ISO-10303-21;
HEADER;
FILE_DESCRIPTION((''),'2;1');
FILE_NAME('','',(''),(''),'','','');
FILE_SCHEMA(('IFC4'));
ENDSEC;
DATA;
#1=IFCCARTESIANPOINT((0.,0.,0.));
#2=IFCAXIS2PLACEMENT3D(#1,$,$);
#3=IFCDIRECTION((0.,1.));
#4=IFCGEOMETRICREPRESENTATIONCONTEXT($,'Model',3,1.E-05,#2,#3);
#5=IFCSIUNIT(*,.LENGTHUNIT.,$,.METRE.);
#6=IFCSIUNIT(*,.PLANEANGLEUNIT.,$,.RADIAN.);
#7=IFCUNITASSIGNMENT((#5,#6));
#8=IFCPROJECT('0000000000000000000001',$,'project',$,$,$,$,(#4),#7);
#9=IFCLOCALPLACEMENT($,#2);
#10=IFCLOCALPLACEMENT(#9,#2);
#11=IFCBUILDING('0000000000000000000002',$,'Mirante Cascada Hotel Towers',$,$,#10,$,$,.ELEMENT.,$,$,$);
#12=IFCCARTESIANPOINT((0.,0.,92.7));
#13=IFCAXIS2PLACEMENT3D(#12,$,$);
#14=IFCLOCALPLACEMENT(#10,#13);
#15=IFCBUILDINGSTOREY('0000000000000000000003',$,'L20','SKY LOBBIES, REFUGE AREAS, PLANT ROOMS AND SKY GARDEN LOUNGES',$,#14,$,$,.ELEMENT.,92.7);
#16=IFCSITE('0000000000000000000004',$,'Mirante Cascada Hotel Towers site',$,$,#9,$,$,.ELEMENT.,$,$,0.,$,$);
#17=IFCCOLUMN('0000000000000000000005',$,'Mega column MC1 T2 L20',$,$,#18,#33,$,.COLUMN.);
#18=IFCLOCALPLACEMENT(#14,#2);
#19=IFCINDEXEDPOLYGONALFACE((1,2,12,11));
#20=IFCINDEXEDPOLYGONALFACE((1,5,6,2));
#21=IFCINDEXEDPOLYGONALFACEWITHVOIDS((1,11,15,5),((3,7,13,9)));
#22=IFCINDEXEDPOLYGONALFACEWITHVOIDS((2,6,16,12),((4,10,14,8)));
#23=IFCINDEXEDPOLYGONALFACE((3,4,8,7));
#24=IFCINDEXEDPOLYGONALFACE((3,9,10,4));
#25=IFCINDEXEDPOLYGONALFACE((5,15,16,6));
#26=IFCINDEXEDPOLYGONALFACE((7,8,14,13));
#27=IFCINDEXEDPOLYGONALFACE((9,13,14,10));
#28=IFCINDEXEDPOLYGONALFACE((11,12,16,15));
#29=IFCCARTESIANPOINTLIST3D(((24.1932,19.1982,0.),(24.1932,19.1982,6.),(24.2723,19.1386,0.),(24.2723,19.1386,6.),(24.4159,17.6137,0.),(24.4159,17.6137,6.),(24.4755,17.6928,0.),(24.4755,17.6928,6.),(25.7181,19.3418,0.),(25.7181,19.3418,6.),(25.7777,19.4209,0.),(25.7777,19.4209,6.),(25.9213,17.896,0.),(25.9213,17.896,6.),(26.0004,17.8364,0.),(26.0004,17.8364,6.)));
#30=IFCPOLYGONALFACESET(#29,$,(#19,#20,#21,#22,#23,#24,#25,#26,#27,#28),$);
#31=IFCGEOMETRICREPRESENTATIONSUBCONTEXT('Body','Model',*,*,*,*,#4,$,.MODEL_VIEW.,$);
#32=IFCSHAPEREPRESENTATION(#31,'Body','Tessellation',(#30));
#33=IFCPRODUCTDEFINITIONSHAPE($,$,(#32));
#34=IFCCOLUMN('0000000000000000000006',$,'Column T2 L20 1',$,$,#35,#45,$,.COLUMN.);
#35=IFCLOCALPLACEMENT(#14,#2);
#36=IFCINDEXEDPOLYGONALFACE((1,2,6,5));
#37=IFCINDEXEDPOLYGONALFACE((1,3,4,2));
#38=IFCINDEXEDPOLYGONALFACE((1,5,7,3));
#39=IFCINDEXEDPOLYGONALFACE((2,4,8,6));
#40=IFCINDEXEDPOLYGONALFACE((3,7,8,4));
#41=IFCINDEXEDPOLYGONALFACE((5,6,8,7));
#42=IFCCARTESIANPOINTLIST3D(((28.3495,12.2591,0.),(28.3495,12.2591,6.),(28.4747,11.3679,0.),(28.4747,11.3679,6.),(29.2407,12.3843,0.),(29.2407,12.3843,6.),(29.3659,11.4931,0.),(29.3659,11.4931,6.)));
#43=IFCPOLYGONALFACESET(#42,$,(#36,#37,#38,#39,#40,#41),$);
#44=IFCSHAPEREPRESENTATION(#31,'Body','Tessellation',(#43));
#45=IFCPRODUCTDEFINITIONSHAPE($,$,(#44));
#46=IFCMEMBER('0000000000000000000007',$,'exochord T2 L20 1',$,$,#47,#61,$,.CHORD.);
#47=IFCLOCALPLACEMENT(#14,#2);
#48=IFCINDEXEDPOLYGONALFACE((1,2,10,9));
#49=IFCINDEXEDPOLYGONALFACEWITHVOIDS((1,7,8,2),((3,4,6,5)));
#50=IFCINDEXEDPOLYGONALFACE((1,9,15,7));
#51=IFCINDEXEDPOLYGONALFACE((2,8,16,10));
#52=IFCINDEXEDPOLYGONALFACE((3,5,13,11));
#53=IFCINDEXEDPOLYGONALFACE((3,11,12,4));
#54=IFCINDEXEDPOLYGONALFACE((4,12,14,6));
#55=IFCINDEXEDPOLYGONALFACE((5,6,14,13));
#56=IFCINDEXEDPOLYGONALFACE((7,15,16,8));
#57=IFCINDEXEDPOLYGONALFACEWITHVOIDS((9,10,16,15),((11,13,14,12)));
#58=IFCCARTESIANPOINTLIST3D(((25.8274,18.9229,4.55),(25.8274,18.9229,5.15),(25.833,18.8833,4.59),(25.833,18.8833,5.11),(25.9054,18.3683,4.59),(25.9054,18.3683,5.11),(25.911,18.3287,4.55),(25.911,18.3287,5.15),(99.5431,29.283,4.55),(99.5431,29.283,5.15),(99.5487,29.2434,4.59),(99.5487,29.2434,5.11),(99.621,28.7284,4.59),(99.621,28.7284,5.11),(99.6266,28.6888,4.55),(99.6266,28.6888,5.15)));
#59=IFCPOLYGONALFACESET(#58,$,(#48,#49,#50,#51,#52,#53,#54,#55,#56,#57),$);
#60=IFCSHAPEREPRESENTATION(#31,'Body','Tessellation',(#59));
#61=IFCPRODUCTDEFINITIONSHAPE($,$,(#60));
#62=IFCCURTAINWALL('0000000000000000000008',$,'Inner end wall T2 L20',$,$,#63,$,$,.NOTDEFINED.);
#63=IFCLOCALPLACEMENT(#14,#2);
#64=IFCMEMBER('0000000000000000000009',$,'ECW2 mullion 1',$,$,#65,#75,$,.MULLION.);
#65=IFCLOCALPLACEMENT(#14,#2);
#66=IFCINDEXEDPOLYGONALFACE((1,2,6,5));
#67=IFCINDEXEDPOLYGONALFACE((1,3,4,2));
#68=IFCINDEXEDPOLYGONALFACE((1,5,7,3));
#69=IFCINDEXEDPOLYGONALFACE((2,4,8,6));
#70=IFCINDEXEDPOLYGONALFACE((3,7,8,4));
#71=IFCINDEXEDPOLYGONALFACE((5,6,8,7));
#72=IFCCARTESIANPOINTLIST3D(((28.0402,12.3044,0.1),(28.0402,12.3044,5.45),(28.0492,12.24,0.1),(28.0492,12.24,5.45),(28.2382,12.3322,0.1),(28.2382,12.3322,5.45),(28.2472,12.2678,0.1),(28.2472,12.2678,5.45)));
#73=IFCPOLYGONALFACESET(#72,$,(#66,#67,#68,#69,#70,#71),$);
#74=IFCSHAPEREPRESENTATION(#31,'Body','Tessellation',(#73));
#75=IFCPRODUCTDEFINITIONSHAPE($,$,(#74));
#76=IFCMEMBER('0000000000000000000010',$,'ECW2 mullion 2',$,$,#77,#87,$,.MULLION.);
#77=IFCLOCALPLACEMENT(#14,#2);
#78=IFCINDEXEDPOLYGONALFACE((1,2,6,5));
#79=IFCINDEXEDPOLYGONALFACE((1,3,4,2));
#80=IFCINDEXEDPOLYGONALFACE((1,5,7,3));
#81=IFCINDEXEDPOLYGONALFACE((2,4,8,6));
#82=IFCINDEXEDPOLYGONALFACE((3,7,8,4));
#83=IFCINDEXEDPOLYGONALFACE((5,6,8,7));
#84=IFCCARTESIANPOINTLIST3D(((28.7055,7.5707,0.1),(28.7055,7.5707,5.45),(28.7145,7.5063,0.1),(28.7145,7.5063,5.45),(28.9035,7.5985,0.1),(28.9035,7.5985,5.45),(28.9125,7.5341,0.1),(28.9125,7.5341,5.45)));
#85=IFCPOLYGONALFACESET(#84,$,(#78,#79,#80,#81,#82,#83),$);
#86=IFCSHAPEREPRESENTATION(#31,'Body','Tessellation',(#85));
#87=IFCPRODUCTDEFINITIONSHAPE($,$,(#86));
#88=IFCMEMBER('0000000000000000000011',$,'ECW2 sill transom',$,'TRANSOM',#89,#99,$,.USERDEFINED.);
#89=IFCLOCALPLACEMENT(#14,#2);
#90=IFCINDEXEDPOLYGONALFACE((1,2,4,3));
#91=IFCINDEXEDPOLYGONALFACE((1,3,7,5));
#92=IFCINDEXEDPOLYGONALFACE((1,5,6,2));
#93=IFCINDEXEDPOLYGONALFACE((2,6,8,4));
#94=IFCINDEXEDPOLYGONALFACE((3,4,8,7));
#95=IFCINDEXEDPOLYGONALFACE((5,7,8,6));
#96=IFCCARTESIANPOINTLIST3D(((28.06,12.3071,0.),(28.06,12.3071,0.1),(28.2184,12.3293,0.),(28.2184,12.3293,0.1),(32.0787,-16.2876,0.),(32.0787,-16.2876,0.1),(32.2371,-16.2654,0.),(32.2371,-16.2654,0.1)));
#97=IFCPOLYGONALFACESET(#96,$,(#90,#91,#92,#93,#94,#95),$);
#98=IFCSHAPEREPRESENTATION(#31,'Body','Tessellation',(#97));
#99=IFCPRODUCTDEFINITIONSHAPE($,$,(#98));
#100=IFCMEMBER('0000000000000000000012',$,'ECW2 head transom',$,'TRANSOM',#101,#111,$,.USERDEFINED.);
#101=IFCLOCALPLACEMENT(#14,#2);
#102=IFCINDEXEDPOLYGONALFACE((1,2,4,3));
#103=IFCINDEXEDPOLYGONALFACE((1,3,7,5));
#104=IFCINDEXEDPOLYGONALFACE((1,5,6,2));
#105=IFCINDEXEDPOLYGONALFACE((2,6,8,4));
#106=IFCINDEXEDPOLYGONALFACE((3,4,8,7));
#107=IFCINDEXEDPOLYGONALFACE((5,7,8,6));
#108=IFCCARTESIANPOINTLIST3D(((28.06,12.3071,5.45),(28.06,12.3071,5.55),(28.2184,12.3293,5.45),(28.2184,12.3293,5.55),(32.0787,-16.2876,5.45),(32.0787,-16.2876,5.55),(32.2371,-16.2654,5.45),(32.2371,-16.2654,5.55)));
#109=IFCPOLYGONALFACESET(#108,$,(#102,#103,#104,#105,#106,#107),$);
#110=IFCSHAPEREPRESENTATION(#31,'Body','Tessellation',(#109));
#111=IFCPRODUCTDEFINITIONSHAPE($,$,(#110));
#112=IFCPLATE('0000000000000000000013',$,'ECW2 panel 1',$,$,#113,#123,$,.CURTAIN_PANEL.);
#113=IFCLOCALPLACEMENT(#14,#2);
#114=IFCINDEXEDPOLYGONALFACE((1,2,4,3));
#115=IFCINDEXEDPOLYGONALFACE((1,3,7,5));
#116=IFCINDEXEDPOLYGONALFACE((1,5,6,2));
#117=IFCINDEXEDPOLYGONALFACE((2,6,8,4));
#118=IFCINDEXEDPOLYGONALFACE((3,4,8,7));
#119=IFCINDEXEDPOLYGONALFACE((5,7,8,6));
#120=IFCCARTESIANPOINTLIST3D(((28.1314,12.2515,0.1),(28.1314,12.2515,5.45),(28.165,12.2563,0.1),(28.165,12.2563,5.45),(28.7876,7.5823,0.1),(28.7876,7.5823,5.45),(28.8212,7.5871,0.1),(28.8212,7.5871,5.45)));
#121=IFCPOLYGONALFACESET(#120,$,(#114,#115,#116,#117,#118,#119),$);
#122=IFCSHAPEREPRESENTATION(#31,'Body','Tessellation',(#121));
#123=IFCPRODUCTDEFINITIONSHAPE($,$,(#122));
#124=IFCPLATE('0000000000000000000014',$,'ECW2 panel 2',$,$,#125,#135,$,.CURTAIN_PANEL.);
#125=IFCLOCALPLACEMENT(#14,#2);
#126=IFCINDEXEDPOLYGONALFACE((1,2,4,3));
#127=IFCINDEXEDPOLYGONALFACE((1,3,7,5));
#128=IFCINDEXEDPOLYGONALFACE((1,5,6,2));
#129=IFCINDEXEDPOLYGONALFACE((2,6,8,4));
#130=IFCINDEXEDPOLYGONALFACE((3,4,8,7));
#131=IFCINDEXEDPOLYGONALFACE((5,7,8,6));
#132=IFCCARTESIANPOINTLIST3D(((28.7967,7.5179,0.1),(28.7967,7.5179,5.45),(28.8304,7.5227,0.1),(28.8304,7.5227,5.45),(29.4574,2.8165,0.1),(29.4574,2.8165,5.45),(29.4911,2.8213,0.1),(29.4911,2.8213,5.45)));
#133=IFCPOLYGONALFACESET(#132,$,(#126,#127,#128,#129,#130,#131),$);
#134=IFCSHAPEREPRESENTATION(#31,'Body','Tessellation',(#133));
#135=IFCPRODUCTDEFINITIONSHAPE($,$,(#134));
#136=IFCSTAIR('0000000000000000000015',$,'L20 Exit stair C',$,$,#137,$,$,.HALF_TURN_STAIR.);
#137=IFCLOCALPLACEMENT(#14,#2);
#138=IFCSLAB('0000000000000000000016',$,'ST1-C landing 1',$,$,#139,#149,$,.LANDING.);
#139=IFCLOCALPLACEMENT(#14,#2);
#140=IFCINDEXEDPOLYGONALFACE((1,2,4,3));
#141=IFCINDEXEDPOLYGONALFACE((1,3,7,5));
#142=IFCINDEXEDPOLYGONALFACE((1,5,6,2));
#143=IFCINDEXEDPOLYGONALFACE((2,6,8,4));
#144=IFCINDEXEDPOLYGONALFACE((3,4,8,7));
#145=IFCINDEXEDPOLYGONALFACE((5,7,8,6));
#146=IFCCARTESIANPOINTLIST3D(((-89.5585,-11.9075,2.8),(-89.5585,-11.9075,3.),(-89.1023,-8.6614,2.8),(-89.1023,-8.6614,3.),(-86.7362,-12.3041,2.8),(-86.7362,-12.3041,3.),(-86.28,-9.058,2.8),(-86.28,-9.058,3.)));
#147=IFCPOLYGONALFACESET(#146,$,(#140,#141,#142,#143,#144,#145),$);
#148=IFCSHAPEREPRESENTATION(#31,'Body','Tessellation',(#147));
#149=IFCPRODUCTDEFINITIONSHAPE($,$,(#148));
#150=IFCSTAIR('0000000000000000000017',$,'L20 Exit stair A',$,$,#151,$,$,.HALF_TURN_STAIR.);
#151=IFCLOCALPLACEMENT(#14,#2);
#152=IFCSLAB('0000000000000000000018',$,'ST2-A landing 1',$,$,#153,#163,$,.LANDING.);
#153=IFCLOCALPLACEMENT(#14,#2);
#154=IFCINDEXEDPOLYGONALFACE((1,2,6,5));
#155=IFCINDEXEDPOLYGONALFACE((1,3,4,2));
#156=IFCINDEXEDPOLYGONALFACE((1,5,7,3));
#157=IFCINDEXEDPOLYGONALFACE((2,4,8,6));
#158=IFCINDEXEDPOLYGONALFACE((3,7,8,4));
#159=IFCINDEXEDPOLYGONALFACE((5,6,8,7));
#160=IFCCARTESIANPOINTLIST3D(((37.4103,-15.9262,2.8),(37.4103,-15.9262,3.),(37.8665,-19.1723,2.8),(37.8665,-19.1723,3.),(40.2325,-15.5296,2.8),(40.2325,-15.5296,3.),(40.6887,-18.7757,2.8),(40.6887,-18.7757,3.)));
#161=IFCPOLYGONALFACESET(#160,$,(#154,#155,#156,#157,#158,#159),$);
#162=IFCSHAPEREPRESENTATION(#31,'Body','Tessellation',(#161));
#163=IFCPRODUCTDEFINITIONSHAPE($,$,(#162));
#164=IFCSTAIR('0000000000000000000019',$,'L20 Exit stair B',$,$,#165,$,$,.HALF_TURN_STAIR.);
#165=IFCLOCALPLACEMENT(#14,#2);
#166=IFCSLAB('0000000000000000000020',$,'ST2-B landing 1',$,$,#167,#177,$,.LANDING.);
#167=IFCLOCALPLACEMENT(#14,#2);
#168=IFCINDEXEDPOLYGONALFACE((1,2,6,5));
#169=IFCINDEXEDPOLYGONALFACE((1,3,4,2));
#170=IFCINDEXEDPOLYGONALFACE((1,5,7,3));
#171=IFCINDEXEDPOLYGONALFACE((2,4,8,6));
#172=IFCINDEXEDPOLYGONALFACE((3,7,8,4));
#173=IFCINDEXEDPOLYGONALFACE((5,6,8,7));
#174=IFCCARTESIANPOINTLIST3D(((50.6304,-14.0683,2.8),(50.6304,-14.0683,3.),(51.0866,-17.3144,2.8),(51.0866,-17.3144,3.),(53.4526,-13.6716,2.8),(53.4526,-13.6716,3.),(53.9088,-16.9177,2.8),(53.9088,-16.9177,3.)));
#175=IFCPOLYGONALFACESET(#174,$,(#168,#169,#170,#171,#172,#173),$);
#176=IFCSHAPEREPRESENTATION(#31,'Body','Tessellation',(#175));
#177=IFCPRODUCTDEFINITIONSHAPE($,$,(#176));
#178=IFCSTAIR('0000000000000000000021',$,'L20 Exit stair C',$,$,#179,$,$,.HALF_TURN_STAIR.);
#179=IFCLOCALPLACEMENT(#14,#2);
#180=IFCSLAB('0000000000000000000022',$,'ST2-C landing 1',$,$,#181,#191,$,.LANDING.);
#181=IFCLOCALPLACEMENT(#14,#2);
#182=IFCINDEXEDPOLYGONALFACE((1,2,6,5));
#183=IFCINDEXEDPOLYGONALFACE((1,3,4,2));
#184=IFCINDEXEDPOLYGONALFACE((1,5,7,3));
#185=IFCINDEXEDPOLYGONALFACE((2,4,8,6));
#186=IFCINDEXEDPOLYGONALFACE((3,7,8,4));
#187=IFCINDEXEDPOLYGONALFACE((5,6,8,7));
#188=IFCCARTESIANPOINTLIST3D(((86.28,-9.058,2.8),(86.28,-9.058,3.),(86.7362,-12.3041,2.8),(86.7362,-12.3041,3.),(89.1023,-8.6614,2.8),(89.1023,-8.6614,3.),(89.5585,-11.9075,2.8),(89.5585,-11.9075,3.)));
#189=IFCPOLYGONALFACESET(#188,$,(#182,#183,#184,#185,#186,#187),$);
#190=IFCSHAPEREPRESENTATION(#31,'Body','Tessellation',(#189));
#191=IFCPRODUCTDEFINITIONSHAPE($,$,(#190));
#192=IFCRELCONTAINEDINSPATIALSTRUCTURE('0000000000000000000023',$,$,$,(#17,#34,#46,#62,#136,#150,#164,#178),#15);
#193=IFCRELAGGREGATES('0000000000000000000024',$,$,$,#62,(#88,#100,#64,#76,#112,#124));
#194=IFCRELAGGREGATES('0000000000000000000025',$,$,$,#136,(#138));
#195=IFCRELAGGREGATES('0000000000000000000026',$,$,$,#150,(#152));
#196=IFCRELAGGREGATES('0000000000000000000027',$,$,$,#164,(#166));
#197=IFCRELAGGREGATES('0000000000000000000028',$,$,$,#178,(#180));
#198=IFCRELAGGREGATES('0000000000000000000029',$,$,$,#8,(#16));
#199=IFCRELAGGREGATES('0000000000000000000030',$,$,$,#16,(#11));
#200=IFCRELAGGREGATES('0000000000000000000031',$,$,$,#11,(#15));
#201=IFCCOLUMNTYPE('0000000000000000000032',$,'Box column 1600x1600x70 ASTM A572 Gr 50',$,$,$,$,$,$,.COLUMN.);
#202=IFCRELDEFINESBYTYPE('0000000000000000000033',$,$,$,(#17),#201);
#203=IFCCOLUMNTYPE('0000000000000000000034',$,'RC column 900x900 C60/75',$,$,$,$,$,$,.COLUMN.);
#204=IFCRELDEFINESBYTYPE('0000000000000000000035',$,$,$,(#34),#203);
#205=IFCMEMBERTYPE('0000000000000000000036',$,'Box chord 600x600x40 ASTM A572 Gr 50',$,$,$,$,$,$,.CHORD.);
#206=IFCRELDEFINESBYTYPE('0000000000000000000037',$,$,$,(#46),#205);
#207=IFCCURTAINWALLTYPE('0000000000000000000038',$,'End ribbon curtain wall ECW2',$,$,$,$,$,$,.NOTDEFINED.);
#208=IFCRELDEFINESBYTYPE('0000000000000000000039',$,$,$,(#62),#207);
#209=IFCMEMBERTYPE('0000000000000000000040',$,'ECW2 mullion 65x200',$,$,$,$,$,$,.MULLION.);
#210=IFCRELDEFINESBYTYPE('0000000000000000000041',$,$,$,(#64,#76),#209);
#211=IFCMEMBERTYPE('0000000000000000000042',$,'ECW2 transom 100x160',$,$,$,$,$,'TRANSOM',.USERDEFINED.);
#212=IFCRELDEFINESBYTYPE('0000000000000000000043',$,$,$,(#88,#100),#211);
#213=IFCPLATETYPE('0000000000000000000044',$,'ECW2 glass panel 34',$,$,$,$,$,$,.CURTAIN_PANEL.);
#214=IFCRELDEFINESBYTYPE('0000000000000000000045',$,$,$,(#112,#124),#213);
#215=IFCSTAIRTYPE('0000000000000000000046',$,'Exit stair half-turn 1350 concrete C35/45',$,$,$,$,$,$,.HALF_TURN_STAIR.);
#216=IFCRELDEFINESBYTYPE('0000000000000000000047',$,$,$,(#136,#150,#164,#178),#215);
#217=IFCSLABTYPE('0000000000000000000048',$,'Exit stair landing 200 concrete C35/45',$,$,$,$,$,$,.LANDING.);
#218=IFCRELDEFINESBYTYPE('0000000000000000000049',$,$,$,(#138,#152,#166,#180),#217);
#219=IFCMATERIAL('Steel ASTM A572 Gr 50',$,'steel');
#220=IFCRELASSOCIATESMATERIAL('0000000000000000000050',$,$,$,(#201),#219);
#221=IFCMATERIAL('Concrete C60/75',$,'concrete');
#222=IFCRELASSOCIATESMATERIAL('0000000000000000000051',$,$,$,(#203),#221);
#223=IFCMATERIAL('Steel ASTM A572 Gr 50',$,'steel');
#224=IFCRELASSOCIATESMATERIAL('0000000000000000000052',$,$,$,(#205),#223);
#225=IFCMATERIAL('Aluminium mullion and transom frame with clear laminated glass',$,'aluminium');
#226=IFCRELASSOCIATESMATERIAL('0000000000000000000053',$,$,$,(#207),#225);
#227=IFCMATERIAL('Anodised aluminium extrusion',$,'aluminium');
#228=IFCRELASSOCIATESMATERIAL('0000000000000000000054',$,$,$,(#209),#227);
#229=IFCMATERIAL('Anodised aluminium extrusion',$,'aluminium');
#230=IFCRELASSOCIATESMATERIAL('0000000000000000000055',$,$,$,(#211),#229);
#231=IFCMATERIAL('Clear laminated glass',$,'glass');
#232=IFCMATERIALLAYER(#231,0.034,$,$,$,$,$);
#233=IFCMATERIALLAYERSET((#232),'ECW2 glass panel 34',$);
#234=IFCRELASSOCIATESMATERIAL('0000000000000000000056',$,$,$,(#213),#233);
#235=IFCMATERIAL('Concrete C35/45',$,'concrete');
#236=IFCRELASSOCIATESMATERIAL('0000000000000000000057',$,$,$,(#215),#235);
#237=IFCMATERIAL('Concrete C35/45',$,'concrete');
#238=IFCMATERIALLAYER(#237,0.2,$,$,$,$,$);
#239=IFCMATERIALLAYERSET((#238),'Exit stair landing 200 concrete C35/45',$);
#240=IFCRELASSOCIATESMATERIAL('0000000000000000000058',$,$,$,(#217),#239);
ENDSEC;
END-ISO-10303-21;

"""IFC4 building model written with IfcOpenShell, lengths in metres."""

from ifc_helpers import new_model, si_unit, direction, frame, origin, origin_2d, place, context, subcontext, project, spatial, polyline, rectangle, hollow_rectangle, outline, extrude, material, layer, layer_set, material_profile, profile_set, type_object, element, aggregate, save


model = new_model("IFC4")

# Units and contexts
model_context = context("Model", 3, precision=1e-05, world=origin(), true_north=direction((0.0, 1.0)))
body_context = subcontext(model_context, "Body", "Model", "MODEL_VIEW")
ifc_project = project(units=[si_unit("LENGTHUNIT", "METRE"), si_unit("PLANEANGLEUNIT", "RADIAN")], contexts=[model_context])

# Site, building, storey
site_placement = place(None, origin())
site = spatial("IfcSite", under=ifc_project, at=site_placement, Name="Mirante Cascada Hotel Towers site", CompositionType="ELEMENT", RefElevation=0.0)
building_placement = place(site_placement, origin())
building = spatial("IfcBuilding", under=site, at=building_placement, Name="Mirante Cascada Hotel Towers", CompositionType="ELEMENT")
storey_placement = place(building_placement, frame((0.0, 0.0, 92.7)))
storey = spatial("IfcBuildingStorey", under=building, at=storey_placement, Name="L20", Description="SKY LOBBIES, REFUGE AREAS, PLANT ROOMS AND SKY GARDEN LOUNGES", CompositionType="ELEMENT", Elevation=92.7)

# Columns
ifc_material_1 = material(Name="Steel ASTM A572 Gr 50", Category="steel")
ifc_material_profile_1 = material_profile(ifc_material_1, hollow_rectangle(XDim=1.6, YDim=1.6, WallThickness=0.07, at=origin_2d()), Name="Box column 1600x1600x70 ASTM A572 Gr 50")
ifc_profile_set_1 = profile_set([ifc_material_profile_1], Name="Steel ASTM A572 Gr 50")
column_type_1 = type_object("IfcColumnType", Name="Box column 1600x1600x70 ASTM A572 Gr 50", PredefinedType="COLUMN", material=ifc_profile_set_1)
column_1_placement = place(storey_placement, frame((25.0968, 18.5173, 0.0), z_axis=(0.0, 0.0, 1.0), x_axis=(0.990268, 0.139173, 0.0)))
element("IfcColumn", 1, at=column_1_placement, inside=storey, type_object=column_type_1, Name="Mega column MC1 T2 L20", PredefinedType="COLUMN", context=body_context, shape_type="SweptSolid", body=[
    extrude(hollow_rectangle(XDim=1.6, YDim=1.6, WallThickness=0.07, at=origin_2d()), origin(), (0.0, 0.0, 1.0), 6.0),
])
ifc_material_2 = material(Name="Concrete C60/75", Category="concrete")
ifc_material_profile_2 = material_profile(ifc_material_2, rectangle(XDim=0.9, YDim=0.9, at=origin_2d()), Name="RC column 900x900 C60/75")
ifc_profile_set_2 = profile_set([ifc_material_profile_2], Name="Concrete C60/75")
column_type_2 = type_object("IfcColumnType", Name="RC column 900x900 C60/75", PredefinedType="COLUMN", material=ifc_profile_set_2)
column_2_placement = place(storey_placement, frame((28.8577, 11.8761, 0.0), z_axis=(0.0, 0.0, 1.0), x_axis=(0.990268, 0.139173, 0.0)))
element("IfcColumn", 2, at=column_2_placement, inside=storey, type_object=column_type_2, Name="Column T2 L20 1", PredefinedType="COLUMN", context=body_context, shape_type="SweptSolid", body=[
    extrude(rectangle(XDim=0.9, YDim=0.9, at=origin_2d()), origin(), (0.0, 0.0, 1.0), 6.0),
])

# Member
ifc_material_3 = material(Name="Steel ASTM A572 Gr 50", Category="steel")
ifc_material_profile_3 = material_profile(ifc_material_3, hollow_rectangle(XDim=0.6, YDim=0.6, WallThickness=0.04, at=origin_2d()), Name="Box chord 600x600x40 ASTM A572 Gr 50")
ifc_profile_set_3 = profile_set([ifc_material_profile_3], Name="Steel ASTM A572 Gr 50")
member_type_1 = type_object("IfcMemberType", Name="Box chord 600x600x40 ASTM A572 Gr 50", PredefinedType="CHORD", material=ifc_profile_set_3)
member_1_placement = place(storey_placement, frame((25.8692, 18.6258, 4.85), z_axis=(0.990268, 0.139174, 0.0), x_axis=(-0.139174, 0.990268, 0.0)))
element("IfcMember", 3, at=member_1_placement, inside=storey, type_object=member_type_1, Name="exochord T2 L20 1", PredefinedType="CHORD", context=body_context, shape_type="SweptSolid", body=[
    extrude(hollow_rectangle(XDim=0.6, YDim=0.6, WallThickness=0.04, at=origin_2d()), origin(), (0.0, 0.0, 1.0), 74.4401),
])

# Curtain wall, members, plates
ifc_material_4 = material(Name="Aluminium mullion and transom frame with clear laminated glass", Category="aluminium")
curtain_wall_type = type_object("IfcCurtainWallType", Name="End ribbon curtain wall ECW2", PredefinedType="NOTDEFINED", material=ifc_material_4)
curtain_wall_placement = place(storey_placement, origin())
curtain_wall = element("IfcCurtainWall", 4, at=curtain_wall_placement, inside=storey, type_object=curtain_wall_type, Name="Inner end wall T2 L20", PredefinedType="NOTDEFINED")
ifc_material_5 = material(Name="Anodised aluminium extrusion", Category="aluminium")
ifc_material_profile_4 = material_profile(ifc_material_5, rectangle(XDim=0.2, YDim=0.065, at=origin_2d()), Name="ECW2 MULLION 65x200")
ifc_profile_set_4 = profile_set([ifc_material_profile_4], Name="Anodised aluminium extrusion")
member_type_2 = type_object("IfcMemberType", Name="ECW2 mullion 65x200", PredefinedType="MULLION", material=ifc_profile_set_4)
member_2_placement = place(storey_placement, frame((28.1437, 12.2861, 0.1), z_axis=(0.0, 0.0, 1.0), x_axis=(0.990268, 0.139173, 0.0)))
member_2 = element("IfcMember", 5, at=member_2_placement, type_object=member_type_2, Name="ECW2 mullion 1", PredefinedType="MULLION", context=body_context, shape_type="SweptSolid", body=[
    extrude(rectangle(XDim=0.2, YDim=0.065, at=origin_2d()), origin(), (0.0, 0.0, 1.0), 5.35),
])
member_3_placement = place(storey_placement, frame((28.809, 7.5524, 0.1), z_axis=(0.0, 0.0, 1.0), x_axis=(0.990268, 0.139173, 0.0)))
member_3 = element("IfcMember", 6, at=member_3_placement, type_object=member_type_2, Name="ECW2 mullion 2", PredefinedType="MULLION", context=body_context, shape_type="SweptSolid", body=[
    extrude(rectangle(XDim=0.2, YDim=0.065, at=origin_2d()), origin(), (0.0, 0.0, 1.0), 5.35),
])
ifc_material_6 = material(Name="Anodised aluminium extrusion", Category="aluminium")
ifc_material_profile_5 = material_profile(ifc_material_6, rectangle(XDim=0.16, YDim=0.1, at=origin_2d()), Name="ECW2 TRANSOM 100x160")
ifc_profile_set_5 = profile_set([ifc_material_profile_5], Name="Anodised aluminium extrusion")
member_type_3 = type_object("IfcMemberType", Name="ECW2 transom 100x160", ElementType="TRANSOM", PredefinedType="USERDEFINED", material=ifc_profile_set_5)
member_4_placement = place(storey_placement, frame((28.1392, 12.3182, 0.05), z_axis=(0.139172, -0.990268, 0.0), x_axis=(0.990268, 0.139172, 0.0)))
member_4 = element("IfcMember", 7, at=member_4_placement, type_object=member_type_3, Name="ECW2 sill transom", ObjectType="TRANSOM", PredefinedType="USERDEFINED", context=body_context, shape_type="SweptSolid", body=[
    extrude(rectangle(XDim=0.16, YDim=0.1, at=origin_2d()), origin(), (0.0, 0.0, 1.0), 28.8757),
])
member_5_placement = place(storey_placement, frame((28.1392, 12.3182, 5.5), z_axis=(0.139172, -0.990268, 0.0), x_axis=(0.990268, 0.139172, 0.0)))
member_5 = element("IfcMember", 8, at=member_5_placement, type_object=member_type_3, Name="ECW2 head transom", ObjectType="TRANSOM", PredefinedType="USERDEFINED", context=body_context, shape_type="SweptSolid", body=[
    extrude(rectangle(XDim=0.16, YDim=0.1, at=origin_2d()), origin(), (0.0, 0.0, 1.0), 28.8757),
])
ifc_material_7 = material(Name="Clear laminated glass", Category="glass")
ifc_layer_1 = layer(ifc_material_7, 0.034)
ifc_layer_set_1 = layer_set([ifc_layer_1], Name="ECW2 glass panel 34")
plate_type = type_object("IfcPlateType", Name="ECW2 glass panel 34", PredefinedType="CURTAIN_PANEL", material=ifc_layer_set_1)
plate_1_placement = place(storey_placement, frame((28.4763, 9.9193, 0.1), z_axis=(0.0, 0.0, 1.0), x_axis=(0.139173, -0.990268, 0.0)))
plate_1 = element("IfcPlate", 9, at=plate_1_placement, type_object=plate_type, Name="ECW2 panel 1", PredefinedType="CURTAIN_PANEL", context=body_context, shape_type="SweptSolid", body=[
    extrude(rectangle(XDim=4.7151, YDim=0.034, at=origin_2d()), origin(), (0.0, 0.0, 1.0), 5.35),
])
plate_2_placement = place(storey_placement, frame((29.1439, 5.1696, 0.1), z_axis=(0.0, 0.0, 1.0), x_axis=(0.139173, -0.990268, 0.0)))
plate_2 = element("IfcPlate", 10, at=plate_2_placement, type_object=plate_type, Name="ECW2 panel 2", PredefinedType="CURTAIN_PANEL", context=body_context, shape_type="SweptSolid", body=[
    extrude(rectangle(XDim=4.7476, YDim=0.034, at=origin_2d()), origin(), (0.0, 0.0, 1.0), 5.35),
])
aggregate(curtain_wall, [member_4, member_5, member_2, member_3, plate_1, plate_2])

# Stairs, slabs
ifc_material_8 = material(Name="Concrete C35/45", Category="concrete")
stair_type = type_object("IfcStairType", Name="Exit stair half-turn 1350 concrete C35/45", PredefinedType="HALF_TURN_STAIR", material=ifc_material_8)
stair_1_placement = place(storey_placement, origin())
stair_1 = element("IfcStair", 11, at=stair_1_placement, inside=storey, type_object=stair_type, Name="L20 Exit stair C", PredefinedType="HALF_TURN_STAIR")
ifc_material_9 = material(Name="Concrete C35/45", Category="concrete")
ifc_layer_2 = layer(ifc_material_9, 0.2)
ifc_layer_set_2 = layer_set([ifc_layer_2], Name="Exit stair landing 200 concrete C35/45")
slab_type = type_object("IfcSlabType", Name="Exit stair landing 200 concrete C35/45", PredefinedType="LANDING", material=ifc_layer_set_2)
slab_1_placement = place(storey_placement, frame((0.0, 0.0, 2.8)))
slab_1 = element("IfcSlab", 12, at=slab_1_placement, type_object=slab_type, Name="ST1-C landing 1", PredefinedType="LANDING", context=body_context, shape_type="SweptSolid", body=[
    extrude(outline(polyline([(-89.1023, -8.6614), (-89.5585, -11.9075), (-86.7362, -12.3041), (-86.28, -9.058), (-89.1023, -8.6614)])), origin(), (0.0, 0.0, 1.0), 0.2),
])
aggregate(stair_1, [slab_1])
stair_2_placement = place(storey_placement, origin())
stair_2 = element("IfcStair", 13, at=stair_2_placement, inside=storey, type_object=stair_type, Name="L20 Exit stair A", PredefinedType="HALF_TURN_STAIR")
slab_2_placement = place(storey_placement, frame((0.0, 0.0, 2.8)))
slab_2 = element("IfcSlab", 14, at=slab_2_placement, type_object=slab_type, Name="ST2-A landing 1", PredefinedType="LANDING", context=body_context, shape_type="SweptSolid", body=[
    extrude(outline(polyline([(37.4103, -15.9262), (37.8665, -19.1723), (40.6887, -18.7757), (40.2325, -15.5296), (37.4103, -15.9262)])), origin(), (0.0, 0.0, 1.0), 0.2),
])
aggregate(stair_2, [slab_2])
stair_3_placement = place(storey_placement, origin())
stair_3 = element("IfcStair", 15, at=stair_3_placement, inside=storey, type_object=stair_type, Name="L20 Exit stair B", PredefinedType="HALF_TURN_STAIR")
slab_3_placement = place(storey_placement, frame((0.0, 0.0, 2.8)))
slab_3 = element("IfcSlab", 16, at=slab_3_placement, type_object=slab_type, Name="ST2-B landing 1", PredefinedType="LANDING", context=body_context, shape_type="SweptSolid", body=[
    extrude(outline(polyline([(50.6304, -14.0683), (51.0866, -17.3144), (53.9088, -16.9177), (53.4526, -13.6716), (50.6304, -14.0683)])), origin(), (0.0, 0.0, 1.0), 0.2),
])
aggregate(stair_3, [slab_3])
stair_4_placement = place(storey_placement, origin())
stair_4 = element("IfcStair", 17, at=stair_4_placement, inside=storey, type_object=stair_type, Name="L20 Exit stair C", PredefinedType="HALF_TURN_STAIR")
slab_4_placement = place(storey_placement, frame((0.0, 0.0, 2.8)))
slab_4 = element("IfcSlab", 18, at=slab_4_placement, type_object=slab_type, Name="ST2-C landing 1", PredefinedType="LANDING", context=body_context, shape_type="SweptSolid", body=[
    extrude(outline(polyline([(86.28, -9.058), (86.7362, -12.3041), (89.5585, -11.9075), (89.1023, -8.6614), (86.28, -9.058)])), origin(), (0.0, 0.0, 1.0), 0.2),
])
aggregate(stair_4, [slab_4])

save(model, "model.ifc")
